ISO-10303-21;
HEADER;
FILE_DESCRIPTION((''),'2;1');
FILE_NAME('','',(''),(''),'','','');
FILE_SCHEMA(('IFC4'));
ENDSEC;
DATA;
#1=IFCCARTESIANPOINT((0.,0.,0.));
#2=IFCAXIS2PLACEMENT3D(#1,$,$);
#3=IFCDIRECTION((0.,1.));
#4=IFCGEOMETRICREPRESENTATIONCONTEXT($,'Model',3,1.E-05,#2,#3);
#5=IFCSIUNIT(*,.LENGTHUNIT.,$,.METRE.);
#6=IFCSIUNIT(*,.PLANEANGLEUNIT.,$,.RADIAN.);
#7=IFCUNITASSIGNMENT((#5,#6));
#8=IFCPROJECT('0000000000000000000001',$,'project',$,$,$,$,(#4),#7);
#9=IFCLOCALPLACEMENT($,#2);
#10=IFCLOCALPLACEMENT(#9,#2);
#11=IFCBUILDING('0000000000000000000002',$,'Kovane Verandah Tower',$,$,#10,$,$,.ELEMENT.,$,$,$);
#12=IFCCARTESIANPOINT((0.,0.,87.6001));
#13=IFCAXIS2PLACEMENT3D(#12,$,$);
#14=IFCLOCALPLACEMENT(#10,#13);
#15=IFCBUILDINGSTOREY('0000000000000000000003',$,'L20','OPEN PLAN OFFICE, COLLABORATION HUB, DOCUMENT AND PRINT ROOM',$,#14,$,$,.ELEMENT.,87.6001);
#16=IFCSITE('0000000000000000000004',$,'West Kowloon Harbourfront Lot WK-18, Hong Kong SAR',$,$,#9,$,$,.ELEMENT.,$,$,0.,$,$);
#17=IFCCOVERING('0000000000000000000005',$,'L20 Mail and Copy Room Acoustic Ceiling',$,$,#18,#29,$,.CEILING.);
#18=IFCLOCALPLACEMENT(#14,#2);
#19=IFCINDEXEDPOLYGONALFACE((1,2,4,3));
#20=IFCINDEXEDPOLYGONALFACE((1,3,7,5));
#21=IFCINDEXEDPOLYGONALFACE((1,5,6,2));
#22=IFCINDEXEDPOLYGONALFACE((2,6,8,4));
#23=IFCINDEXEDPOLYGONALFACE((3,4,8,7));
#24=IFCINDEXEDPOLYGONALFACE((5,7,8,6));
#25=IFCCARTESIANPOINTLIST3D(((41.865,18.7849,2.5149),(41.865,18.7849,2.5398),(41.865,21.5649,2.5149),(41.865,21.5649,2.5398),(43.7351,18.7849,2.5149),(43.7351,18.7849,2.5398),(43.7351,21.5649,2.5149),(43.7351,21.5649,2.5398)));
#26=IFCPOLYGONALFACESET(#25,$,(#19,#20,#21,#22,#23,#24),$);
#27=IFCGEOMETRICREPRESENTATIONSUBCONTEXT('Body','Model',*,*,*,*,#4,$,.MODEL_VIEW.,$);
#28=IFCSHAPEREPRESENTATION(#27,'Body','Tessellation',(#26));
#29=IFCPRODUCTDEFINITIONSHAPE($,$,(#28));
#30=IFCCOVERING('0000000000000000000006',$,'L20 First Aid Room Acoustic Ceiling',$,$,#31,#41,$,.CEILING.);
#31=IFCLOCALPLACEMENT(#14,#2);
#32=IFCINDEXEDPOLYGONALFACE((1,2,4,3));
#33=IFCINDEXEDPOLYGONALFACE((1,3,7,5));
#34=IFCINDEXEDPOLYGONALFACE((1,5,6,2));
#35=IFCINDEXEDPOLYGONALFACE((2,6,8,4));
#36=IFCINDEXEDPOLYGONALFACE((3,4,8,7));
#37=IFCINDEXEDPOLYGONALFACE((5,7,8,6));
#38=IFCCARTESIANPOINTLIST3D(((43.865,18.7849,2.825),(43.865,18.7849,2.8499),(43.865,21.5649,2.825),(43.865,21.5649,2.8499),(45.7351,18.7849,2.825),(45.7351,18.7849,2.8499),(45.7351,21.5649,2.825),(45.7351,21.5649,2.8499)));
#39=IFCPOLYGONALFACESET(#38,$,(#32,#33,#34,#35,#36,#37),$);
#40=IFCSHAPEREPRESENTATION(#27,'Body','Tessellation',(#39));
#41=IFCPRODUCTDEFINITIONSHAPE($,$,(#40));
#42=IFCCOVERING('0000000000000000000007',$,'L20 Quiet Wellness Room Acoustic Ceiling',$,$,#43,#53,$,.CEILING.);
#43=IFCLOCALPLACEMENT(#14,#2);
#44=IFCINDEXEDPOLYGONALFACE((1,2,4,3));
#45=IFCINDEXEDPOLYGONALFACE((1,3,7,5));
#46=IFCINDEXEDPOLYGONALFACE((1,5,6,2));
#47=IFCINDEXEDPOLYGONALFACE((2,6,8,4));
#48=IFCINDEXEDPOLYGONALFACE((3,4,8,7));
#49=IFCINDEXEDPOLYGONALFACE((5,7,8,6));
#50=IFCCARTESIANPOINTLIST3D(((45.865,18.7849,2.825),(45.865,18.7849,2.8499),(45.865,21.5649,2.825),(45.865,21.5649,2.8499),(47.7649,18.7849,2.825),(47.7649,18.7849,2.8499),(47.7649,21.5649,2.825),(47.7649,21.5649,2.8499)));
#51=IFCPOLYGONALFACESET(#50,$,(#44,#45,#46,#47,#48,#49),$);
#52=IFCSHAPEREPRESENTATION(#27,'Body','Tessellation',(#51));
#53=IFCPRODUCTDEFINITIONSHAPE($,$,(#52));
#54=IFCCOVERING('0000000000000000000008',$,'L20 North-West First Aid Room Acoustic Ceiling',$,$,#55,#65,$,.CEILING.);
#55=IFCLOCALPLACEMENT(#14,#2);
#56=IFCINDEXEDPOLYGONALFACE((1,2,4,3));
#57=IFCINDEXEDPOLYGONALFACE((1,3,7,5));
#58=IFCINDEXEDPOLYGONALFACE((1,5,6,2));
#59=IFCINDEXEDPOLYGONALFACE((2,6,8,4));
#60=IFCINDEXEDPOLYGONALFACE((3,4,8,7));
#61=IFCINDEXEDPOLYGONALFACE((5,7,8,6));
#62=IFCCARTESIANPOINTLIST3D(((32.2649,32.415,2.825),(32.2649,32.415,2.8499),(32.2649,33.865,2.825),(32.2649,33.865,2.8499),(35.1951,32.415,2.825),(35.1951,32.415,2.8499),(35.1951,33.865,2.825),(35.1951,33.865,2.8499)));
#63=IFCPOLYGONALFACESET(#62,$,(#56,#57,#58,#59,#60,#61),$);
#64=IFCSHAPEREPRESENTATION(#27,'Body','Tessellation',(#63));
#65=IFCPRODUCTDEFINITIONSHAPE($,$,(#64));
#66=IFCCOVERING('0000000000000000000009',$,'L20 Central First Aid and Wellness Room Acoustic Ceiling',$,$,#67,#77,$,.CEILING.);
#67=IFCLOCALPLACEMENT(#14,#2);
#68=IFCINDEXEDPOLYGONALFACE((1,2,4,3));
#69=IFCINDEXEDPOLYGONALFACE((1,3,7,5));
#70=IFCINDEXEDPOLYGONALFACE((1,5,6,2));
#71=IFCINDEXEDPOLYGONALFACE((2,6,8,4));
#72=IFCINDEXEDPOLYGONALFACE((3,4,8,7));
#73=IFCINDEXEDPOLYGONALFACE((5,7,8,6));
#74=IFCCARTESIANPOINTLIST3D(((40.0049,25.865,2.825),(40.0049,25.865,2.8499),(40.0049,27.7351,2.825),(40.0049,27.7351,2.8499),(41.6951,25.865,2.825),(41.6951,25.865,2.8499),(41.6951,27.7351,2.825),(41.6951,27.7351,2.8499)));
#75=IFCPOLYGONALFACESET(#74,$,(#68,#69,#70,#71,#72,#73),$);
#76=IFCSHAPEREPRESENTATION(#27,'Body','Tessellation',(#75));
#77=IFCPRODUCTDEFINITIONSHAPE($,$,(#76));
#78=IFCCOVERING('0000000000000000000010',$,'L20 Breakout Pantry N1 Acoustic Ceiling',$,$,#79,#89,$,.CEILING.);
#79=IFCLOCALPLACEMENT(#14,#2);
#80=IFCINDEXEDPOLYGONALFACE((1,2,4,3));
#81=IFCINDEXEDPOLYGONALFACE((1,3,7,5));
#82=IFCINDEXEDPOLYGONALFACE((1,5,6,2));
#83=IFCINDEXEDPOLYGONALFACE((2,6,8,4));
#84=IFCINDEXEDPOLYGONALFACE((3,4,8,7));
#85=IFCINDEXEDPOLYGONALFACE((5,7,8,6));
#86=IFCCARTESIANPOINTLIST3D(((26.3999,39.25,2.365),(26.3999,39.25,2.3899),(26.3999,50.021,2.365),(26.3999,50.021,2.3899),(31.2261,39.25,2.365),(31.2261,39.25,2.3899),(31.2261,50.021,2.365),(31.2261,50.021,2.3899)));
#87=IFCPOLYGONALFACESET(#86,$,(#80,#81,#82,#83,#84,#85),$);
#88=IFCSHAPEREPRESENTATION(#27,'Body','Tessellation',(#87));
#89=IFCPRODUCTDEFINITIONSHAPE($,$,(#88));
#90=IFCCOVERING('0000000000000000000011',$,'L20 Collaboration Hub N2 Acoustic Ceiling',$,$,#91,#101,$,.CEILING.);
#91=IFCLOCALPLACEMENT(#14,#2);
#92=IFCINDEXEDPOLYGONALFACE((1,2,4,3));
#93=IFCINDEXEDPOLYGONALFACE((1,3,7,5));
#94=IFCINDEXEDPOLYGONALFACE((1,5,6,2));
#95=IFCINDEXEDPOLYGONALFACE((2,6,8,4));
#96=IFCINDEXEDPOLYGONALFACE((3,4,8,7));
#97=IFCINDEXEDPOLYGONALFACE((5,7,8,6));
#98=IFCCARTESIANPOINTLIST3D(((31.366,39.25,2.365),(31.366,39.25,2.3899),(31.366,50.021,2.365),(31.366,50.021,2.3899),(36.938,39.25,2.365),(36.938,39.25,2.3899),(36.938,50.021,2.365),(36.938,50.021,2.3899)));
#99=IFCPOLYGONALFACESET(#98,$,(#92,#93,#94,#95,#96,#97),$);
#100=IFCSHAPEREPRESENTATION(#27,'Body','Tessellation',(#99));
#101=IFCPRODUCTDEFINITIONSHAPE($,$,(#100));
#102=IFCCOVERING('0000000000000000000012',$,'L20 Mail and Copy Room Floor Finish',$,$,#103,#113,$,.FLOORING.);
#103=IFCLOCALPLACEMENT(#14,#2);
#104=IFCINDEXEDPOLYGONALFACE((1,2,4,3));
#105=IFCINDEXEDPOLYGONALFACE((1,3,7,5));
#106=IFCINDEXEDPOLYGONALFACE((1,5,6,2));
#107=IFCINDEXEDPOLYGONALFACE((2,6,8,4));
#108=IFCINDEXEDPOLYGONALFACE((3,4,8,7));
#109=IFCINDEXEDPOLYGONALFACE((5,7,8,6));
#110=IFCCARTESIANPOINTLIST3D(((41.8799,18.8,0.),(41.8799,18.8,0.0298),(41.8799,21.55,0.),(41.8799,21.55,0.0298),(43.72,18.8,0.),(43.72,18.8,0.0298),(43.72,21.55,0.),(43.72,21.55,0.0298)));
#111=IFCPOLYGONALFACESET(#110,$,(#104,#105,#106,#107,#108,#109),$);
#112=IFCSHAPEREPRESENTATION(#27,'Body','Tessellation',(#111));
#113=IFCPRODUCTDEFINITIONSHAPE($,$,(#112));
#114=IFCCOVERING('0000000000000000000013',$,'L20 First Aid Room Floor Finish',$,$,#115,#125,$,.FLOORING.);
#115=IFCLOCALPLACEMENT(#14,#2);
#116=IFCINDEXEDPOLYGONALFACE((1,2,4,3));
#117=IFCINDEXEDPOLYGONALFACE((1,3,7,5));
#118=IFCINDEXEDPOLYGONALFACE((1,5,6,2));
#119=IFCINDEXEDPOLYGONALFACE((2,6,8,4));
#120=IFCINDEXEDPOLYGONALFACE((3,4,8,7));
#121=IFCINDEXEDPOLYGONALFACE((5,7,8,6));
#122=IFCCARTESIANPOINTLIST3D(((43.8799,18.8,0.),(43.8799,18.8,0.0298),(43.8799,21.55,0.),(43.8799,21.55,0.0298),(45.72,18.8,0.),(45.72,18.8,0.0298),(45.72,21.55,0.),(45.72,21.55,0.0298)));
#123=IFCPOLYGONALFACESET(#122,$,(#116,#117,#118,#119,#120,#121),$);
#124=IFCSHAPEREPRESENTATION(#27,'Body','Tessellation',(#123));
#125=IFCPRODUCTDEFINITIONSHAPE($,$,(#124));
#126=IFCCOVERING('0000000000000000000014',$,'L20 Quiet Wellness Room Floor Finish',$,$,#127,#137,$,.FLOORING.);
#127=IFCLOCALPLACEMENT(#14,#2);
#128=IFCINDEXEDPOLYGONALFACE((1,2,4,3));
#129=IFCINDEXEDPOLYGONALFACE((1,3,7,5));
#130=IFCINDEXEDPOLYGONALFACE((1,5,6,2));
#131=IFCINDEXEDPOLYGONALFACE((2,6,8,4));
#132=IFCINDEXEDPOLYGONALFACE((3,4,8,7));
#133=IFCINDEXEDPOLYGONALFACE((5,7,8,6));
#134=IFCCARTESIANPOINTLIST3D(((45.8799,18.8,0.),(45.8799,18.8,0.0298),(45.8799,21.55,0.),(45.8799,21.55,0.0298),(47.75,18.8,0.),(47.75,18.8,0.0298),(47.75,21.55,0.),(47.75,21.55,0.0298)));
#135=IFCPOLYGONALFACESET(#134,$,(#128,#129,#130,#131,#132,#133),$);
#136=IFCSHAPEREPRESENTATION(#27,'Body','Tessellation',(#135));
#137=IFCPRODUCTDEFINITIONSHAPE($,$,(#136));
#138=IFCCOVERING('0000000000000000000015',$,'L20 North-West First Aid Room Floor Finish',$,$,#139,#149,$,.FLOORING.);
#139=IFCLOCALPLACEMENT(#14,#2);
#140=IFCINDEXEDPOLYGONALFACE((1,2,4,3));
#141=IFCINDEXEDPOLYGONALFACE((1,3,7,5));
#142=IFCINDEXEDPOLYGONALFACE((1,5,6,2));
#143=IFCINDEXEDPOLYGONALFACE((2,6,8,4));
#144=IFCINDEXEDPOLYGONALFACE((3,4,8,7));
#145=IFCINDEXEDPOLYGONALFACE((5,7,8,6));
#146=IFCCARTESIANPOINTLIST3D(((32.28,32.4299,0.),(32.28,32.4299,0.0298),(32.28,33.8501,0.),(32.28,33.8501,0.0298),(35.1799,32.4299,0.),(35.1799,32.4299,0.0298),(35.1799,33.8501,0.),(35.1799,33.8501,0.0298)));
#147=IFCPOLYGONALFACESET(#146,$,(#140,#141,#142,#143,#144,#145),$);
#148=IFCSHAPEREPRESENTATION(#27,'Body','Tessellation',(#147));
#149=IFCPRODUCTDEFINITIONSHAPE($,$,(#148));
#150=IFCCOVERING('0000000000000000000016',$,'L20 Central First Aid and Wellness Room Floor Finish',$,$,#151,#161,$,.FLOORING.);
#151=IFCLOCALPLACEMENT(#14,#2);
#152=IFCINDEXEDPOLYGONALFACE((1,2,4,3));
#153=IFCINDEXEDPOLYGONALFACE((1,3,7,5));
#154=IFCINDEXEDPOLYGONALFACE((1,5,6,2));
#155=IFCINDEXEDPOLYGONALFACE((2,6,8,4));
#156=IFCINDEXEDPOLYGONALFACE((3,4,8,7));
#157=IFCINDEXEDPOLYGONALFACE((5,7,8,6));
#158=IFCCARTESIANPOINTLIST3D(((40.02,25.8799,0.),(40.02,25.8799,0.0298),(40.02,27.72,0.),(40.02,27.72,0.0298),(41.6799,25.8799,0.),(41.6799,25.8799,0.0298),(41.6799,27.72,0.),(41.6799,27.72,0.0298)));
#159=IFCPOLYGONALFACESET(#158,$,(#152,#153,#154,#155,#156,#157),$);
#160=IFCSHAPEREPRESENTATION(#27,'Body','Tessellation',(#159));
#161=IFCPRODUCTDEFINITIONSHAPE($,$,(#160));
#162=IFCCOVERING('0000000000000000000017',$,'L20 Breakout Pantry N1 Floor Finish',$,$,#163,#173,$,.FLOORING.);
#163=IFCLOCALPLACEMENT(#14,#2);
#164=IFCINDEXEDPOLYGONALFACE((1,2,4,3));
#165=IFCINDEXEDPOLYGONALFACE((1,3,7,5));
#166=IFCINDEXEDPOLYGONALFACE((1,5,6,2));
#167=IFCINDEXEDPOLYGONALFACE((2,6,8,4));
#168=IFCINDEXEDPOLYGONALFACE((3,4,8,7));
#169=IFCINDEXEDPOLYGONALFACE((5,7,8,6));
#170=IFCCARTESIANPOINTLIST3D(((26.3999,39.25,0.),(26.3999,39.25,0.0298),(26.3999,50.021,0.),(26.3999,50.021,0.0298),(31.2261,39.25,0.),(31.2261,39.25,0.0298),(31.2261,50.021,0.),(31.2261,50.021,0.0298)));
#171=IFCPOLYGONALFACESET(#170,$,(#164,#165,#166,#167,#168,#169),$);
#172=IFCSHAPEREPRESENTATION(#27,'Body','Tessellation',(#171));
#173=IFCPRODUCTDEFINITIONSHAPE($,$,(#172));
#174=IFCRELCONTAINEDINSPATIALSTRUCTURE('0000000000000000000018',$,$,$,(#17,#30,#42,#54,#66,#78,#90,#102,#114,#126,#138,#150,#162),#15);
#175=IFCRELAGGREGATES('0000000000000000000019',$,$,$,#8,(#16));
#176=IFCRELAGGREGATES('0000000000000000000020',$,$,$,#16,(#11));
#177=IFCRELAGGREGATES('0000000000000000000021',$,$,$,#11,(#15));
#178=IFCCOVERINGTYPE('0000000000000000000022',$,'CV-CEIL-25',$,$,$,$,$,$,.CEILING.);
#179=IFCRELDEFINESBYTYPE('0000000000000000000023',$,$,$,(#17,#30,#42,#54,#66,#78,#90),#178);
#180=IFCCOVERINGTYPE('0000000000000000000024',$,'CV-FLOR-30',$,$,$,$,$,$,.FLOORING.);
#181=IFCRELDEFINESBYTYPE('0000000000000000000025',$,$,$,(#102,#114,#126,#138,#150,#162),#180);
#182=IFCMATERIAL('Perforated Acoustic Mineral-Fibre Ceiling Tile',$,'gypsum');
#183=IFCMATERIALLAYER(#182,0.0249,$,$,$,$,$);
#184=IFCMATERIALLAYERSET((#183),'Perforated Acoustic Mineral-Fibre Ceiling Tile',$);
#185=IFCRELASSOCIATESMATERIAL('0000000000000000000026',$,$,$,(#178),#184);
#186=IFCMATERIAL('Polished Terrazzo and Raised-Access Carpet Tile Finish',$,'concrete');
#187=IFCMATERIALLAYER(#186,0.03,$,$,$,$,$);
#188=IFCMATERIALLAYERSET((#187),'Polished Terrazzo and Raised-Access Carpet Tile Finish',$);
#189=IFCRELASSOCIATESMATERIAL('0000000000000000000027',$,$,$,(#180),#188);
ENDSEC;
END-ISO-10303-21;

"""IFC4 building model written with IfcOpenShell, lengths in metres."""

from ifc_helpers import new_model, si_unit, direction, frame, origin, place, context, subcontext, project, spatial, polyline, outline, extrude, material, layer, layer_set, type_object, element, save


model = new_model("IFC4")

# Units and contexts
model_context = context("Model", 3, precision=1e-05, world=origin(), true_north=direction((0.0, 1.0)))
body_context = subcontext(model_context, "Body", "Model", "MODEL_VIEW")
ifc_project = project(units=[si_unit("LENGTHUNIT", "METRE"), si_unit("PLANEANGLEUNIT", "RADIAN")], contexts=[model_context])

# Site, building, storey
site_placement = place(None, origin())
site = spatial("IfcSite", under=ifc_project, at=site_placement, Name="West Kowloon Harbourfront Lot WK-18, Hong Kong SAR", CompositionType="ELEMENT", RefElevation=0.0)
building_placement = place(site_placement, origin())
building = spatial("IfcBuilding", under=site, at=building_placement, Name="Kovane Verandah Tower", CompositionType="ELEMENT")
storey_placement = place(building_placement, frame((0.0, 0.0, 87.6001)))
storey = spatial("IfcBuildingStorey", under=building, at=storey_placement, Name="L20", Description="OPEN PLAN OFFICE, COLLABORATION HUB, DOCUMENT AND PRINT ROOM", CompositionType="ELEMENT", Elevation=87.6001)

# Coverings
ifc_material_1 = material(Name="Perforated Acoustic Mineral-Fibre Ceiling Tile", Category="gypsum")
ifc_layer_1 = layer(ifc_material_1, 0.0249)
ifc_layer_set_1 = layer_set([ifc_layer_1], Name="Perforated Acoustic Mineral-Fibre Ceiling Tile")
covering_type_1 = type_object("IfcCoveringType", Name="CV-CEIL-25", PredefinedType="CEILING", material=ifc_layer_set_1)
covering_1_placement = place(storey_placement, frame((0.0, 0.0, 2.5149)))
element("IfcCovering", 1, at=covering_1_placement, inside=storey, type_object=covering_type_1, Name="L20 Mail and Copy Room Acoustic Ceiling", PredefinedType="CEILING", context=body_context, shape_type="SweptSolid", body=[
    extrude(outline(polyline([(41.865, 18.7849), (43.7351, 18.7849), (43.7351, 21.5649), (41.865, 21.5649), (41.865, 18.7849)])), origin(), (0.0, 0.0, 1.0), 0.0249),
])
covering_2_placement = place(storey_placement, frame((0.0, 0.0, 2.825)))
element("IfcCovering", 2, at=covering_2_placement, inside=storey, type_object=covering_type_1, Name="L20 First Aid Room Acoustic Ceiling", PredefinedType="CEILING", context=body_context, shape_type="SweptSolid", body=[
    extrude(outline(polyline([(43.865, 18.7849), (45.7351, 18.7849), (45.7351, 21.5649), (43.865, 21.5649), (43.865, 18.7849)])), origin(), (0.0, 0.0, 1.0), 0.0249),
])
covering_3_placement = place(storey_placement, frame((0.0, 0.0, 2.825)))
element("IfcCovering", 3, at=covering_3_placement, inside=storey, type_object=covering_type_1, Name="L20 Quiet Wellness Room Acoustic Ceiling", PredefinedType="CEILING", context=body_context, shape_type="SweptSolid", body=[
    extrude(outline(polyline([(45.865, 18.7849), (47.7649, 18.7849), (47.7649, 21.5649), (45.865, 21.5649), (45.865, 18.7849)])), origin(), (0.0, 0.0, 1.0), 0.0249),
])
covering_4_placement = place(storey_placement, frame((0.0, 0.0, 2.825)))
element("IfcCovering", 4, at=covering_4_placement, inside=storey, type_object=covering_type_1, Name="L20 North-West First Aid Room Acoustic Ceiling", PredefinedType="CEILING", context=body_context, shape_type="SweptSolid", body=[
    extrude(outline(polyline([(32.2649, 32.415), (35.1951, 32.415), (35.1951, 33.865), (32.2649, 33.865), (32.2649, 32.415)])), origin(), (0.0, 0.0, 1.0), 0.0249),
])
covering_5_placement = place(storey_placement, frame((0.0, 0.0, 2.825)))
element("IfcCovering", 5, at=covering_5_placement, inside=storey, type_object=covering_type_1, Name="L20 Central First Aid and Wellness Room Acoustic Ceiling", PredefinedType="CEILING", context=body_context, shape_type="SweptSolid", body=[
    extrude(outline(polyline([(40.0049, 25.865), (41.6951, 25.865), (41.6951, 27.7351), (40.0049, 27.7351), (40.0049, 25.865)])), origin(), (0.0, 0.0, 1.0), 0.0249),
])
covering_6_placement = place(storey_placement, frame((0.0, 0.0, 2.365)))
element("IfcCovering", 6, at=covering_6_placement, inside=storey, type_object=covering_type_1, Name="L20 Breakout Pantry N1 Acoustic Ceiling", PredefinedType="CEILING", context=body_context, shape_type="SweptSolid", body=[
    extrude(outline(polyline([(26.3999, 39.25), (31.2261, 39.25), (31.2261, 50.021), (26.3999, 50.021), (26.3999, 39.25)])), origin(), (0.0, 0.0, 1.0), 0.0249),
])
covering_7_placement = place(storey_placement, frame((0.0, 0.0, 2.365)))
element("IfcCovering", 7, at=covering_7_placement, inside=storey, type_object=covering_type_1, Name="L20 Collaboration Hub N2 Acoustic Ceiling", PredefinedType="CEILING", context=body_context, shape_type="SweptSolid", body=[
    extrude(outline(polyline([(31.366, 39.25), (36.938, 39.25), (36.938, 50.021), (31.366, 50.021), (31.366, 39.25)])), origin(), (0.0, 0.0, 1.0), 0.0249),
])
ifc_material_2 = material(Name="Polished Terrazzo and Raised-Access Carpet Tile Finish", Category="concrete")
ifc_layer_2 = layer(ifc_material_2, 0.03)
ifc_layer_set_2 = layer_set([ifc_layer_2], Name="Polished Terrazzo and Raised-Access Carpet Tile Finish")
covering_type_2 = type_object("IfcCoveringType", Name="CV-FLOR-30", PredefinedType="FLOORING", material=ifc_layer_set_2)
covering_8_placement = place(storey_placement, origin())
element("IfcCovering", 8, at=covering_8_placement, inside=storey, type_object=covering_type_2, Name="L20 Mail and Copy Room Floor Finish", PredefinedType="FLOORING", context=body_context, shape_type="SweptSolid", body=[
    extrude(outline(polyline([(41.8799, 18.8), (43.72, 18.8), (43.72, 21.55), (41.8799, 21.55), (41.8799, 18.8)])), origin(), (0.0, 0.0, 1.0), 0.0298),
])
covering_9_placement = place(storey_placement, origin())
element("IfcCovering", 9, at=covering_9_placement, inside=storey, type_object=covering_type_2, Name="L20 First Aid Room Floor Finish", PredefinedType="FLOORING", context=body_context, shape_type="SweptSolid", body=[
    extrude(outline(polyline([(43.8799, 18.8), (45.72, 18.8), (45.72, 21.55), (43.8799, 21.55), (43.8799, 18.8)])), origin(), (0.0, 0.0, 1.0), 0.0298),
])
covering_10_placement = place(storey_placement, origin())
element("IfcCovering", 10, at=covering_10_placement, inside=storey, type_object=covering_type_2, Name="L20 Quiet Wellness Room Floor Finish", PredefinedType="FLOORING", context=body_context, shape_type="SweptSolid", body=[
    extrude(outline(polyline([(45.8799, 18.8), (47.75, 18.8), (47.75, 21.55), (45.8799, 21.55), (45.8799, 18.8)])), origin(), (0.0, 0.0, 1.0), 0.0298),
])
covering_11_placement = place(storey_placement, origin())
element("IfcCovering", 11, at=covering_11_placement, inside=storey, type_object=covering_type_2, Name="L20 North-West First Aid Room Floor Finish", PredefinedType="FLOORING", context=body_context, shape_type="SweptSolid", body=[
    extrude(outline(polyline([(32.28, 32.4299), (35.1799, 32.4299), (35.1799, 33.8501), (32.28, 33.8501), (32.28, 32.4299)])), origin(), (0.0, 0.0, 1.0), 0.0298),
])
covering_12_placement = place(storey_placement, origin())
element("IfcCovering", 12, at=covering_12_placement, inside=storey, type_object=covering_type_2, Name="L20 Central First Aid and Wellness Room Floor Finish", PredefinedType="FLOORING", context=body_context, shape_type="SweptSolid", body=[
    extrude(outline(polyline([(40.02, 25.8799), (41.6799, 25.8799), (41.6799, 27.72), (40.02, 27.72), (40.02, 25.8799)])), origin(), (0.0, 0.0, 1.0), 0.0298),
])
covering_13_placement = place(storey_placement, origin())
element("IfcCovering", 13, at=covering_13_placement, inside=storey, type_object=covering_type_2, Name="L20 Breakout Pantry N1 Floor Finish", PredefinedType="FLOORING", context=body_context, shape_type="SweptSolid", body=[
    extrude(outline(polyline([(26.3999, 39.25), (31.2261, 39.25), (31.2261, 50.021), (26.3999, 50.021), (26.3999, 39.25)])), origin(), (0.0, 0.0, 1.0), 0.0298),
])

save(model, "model.ifc")
